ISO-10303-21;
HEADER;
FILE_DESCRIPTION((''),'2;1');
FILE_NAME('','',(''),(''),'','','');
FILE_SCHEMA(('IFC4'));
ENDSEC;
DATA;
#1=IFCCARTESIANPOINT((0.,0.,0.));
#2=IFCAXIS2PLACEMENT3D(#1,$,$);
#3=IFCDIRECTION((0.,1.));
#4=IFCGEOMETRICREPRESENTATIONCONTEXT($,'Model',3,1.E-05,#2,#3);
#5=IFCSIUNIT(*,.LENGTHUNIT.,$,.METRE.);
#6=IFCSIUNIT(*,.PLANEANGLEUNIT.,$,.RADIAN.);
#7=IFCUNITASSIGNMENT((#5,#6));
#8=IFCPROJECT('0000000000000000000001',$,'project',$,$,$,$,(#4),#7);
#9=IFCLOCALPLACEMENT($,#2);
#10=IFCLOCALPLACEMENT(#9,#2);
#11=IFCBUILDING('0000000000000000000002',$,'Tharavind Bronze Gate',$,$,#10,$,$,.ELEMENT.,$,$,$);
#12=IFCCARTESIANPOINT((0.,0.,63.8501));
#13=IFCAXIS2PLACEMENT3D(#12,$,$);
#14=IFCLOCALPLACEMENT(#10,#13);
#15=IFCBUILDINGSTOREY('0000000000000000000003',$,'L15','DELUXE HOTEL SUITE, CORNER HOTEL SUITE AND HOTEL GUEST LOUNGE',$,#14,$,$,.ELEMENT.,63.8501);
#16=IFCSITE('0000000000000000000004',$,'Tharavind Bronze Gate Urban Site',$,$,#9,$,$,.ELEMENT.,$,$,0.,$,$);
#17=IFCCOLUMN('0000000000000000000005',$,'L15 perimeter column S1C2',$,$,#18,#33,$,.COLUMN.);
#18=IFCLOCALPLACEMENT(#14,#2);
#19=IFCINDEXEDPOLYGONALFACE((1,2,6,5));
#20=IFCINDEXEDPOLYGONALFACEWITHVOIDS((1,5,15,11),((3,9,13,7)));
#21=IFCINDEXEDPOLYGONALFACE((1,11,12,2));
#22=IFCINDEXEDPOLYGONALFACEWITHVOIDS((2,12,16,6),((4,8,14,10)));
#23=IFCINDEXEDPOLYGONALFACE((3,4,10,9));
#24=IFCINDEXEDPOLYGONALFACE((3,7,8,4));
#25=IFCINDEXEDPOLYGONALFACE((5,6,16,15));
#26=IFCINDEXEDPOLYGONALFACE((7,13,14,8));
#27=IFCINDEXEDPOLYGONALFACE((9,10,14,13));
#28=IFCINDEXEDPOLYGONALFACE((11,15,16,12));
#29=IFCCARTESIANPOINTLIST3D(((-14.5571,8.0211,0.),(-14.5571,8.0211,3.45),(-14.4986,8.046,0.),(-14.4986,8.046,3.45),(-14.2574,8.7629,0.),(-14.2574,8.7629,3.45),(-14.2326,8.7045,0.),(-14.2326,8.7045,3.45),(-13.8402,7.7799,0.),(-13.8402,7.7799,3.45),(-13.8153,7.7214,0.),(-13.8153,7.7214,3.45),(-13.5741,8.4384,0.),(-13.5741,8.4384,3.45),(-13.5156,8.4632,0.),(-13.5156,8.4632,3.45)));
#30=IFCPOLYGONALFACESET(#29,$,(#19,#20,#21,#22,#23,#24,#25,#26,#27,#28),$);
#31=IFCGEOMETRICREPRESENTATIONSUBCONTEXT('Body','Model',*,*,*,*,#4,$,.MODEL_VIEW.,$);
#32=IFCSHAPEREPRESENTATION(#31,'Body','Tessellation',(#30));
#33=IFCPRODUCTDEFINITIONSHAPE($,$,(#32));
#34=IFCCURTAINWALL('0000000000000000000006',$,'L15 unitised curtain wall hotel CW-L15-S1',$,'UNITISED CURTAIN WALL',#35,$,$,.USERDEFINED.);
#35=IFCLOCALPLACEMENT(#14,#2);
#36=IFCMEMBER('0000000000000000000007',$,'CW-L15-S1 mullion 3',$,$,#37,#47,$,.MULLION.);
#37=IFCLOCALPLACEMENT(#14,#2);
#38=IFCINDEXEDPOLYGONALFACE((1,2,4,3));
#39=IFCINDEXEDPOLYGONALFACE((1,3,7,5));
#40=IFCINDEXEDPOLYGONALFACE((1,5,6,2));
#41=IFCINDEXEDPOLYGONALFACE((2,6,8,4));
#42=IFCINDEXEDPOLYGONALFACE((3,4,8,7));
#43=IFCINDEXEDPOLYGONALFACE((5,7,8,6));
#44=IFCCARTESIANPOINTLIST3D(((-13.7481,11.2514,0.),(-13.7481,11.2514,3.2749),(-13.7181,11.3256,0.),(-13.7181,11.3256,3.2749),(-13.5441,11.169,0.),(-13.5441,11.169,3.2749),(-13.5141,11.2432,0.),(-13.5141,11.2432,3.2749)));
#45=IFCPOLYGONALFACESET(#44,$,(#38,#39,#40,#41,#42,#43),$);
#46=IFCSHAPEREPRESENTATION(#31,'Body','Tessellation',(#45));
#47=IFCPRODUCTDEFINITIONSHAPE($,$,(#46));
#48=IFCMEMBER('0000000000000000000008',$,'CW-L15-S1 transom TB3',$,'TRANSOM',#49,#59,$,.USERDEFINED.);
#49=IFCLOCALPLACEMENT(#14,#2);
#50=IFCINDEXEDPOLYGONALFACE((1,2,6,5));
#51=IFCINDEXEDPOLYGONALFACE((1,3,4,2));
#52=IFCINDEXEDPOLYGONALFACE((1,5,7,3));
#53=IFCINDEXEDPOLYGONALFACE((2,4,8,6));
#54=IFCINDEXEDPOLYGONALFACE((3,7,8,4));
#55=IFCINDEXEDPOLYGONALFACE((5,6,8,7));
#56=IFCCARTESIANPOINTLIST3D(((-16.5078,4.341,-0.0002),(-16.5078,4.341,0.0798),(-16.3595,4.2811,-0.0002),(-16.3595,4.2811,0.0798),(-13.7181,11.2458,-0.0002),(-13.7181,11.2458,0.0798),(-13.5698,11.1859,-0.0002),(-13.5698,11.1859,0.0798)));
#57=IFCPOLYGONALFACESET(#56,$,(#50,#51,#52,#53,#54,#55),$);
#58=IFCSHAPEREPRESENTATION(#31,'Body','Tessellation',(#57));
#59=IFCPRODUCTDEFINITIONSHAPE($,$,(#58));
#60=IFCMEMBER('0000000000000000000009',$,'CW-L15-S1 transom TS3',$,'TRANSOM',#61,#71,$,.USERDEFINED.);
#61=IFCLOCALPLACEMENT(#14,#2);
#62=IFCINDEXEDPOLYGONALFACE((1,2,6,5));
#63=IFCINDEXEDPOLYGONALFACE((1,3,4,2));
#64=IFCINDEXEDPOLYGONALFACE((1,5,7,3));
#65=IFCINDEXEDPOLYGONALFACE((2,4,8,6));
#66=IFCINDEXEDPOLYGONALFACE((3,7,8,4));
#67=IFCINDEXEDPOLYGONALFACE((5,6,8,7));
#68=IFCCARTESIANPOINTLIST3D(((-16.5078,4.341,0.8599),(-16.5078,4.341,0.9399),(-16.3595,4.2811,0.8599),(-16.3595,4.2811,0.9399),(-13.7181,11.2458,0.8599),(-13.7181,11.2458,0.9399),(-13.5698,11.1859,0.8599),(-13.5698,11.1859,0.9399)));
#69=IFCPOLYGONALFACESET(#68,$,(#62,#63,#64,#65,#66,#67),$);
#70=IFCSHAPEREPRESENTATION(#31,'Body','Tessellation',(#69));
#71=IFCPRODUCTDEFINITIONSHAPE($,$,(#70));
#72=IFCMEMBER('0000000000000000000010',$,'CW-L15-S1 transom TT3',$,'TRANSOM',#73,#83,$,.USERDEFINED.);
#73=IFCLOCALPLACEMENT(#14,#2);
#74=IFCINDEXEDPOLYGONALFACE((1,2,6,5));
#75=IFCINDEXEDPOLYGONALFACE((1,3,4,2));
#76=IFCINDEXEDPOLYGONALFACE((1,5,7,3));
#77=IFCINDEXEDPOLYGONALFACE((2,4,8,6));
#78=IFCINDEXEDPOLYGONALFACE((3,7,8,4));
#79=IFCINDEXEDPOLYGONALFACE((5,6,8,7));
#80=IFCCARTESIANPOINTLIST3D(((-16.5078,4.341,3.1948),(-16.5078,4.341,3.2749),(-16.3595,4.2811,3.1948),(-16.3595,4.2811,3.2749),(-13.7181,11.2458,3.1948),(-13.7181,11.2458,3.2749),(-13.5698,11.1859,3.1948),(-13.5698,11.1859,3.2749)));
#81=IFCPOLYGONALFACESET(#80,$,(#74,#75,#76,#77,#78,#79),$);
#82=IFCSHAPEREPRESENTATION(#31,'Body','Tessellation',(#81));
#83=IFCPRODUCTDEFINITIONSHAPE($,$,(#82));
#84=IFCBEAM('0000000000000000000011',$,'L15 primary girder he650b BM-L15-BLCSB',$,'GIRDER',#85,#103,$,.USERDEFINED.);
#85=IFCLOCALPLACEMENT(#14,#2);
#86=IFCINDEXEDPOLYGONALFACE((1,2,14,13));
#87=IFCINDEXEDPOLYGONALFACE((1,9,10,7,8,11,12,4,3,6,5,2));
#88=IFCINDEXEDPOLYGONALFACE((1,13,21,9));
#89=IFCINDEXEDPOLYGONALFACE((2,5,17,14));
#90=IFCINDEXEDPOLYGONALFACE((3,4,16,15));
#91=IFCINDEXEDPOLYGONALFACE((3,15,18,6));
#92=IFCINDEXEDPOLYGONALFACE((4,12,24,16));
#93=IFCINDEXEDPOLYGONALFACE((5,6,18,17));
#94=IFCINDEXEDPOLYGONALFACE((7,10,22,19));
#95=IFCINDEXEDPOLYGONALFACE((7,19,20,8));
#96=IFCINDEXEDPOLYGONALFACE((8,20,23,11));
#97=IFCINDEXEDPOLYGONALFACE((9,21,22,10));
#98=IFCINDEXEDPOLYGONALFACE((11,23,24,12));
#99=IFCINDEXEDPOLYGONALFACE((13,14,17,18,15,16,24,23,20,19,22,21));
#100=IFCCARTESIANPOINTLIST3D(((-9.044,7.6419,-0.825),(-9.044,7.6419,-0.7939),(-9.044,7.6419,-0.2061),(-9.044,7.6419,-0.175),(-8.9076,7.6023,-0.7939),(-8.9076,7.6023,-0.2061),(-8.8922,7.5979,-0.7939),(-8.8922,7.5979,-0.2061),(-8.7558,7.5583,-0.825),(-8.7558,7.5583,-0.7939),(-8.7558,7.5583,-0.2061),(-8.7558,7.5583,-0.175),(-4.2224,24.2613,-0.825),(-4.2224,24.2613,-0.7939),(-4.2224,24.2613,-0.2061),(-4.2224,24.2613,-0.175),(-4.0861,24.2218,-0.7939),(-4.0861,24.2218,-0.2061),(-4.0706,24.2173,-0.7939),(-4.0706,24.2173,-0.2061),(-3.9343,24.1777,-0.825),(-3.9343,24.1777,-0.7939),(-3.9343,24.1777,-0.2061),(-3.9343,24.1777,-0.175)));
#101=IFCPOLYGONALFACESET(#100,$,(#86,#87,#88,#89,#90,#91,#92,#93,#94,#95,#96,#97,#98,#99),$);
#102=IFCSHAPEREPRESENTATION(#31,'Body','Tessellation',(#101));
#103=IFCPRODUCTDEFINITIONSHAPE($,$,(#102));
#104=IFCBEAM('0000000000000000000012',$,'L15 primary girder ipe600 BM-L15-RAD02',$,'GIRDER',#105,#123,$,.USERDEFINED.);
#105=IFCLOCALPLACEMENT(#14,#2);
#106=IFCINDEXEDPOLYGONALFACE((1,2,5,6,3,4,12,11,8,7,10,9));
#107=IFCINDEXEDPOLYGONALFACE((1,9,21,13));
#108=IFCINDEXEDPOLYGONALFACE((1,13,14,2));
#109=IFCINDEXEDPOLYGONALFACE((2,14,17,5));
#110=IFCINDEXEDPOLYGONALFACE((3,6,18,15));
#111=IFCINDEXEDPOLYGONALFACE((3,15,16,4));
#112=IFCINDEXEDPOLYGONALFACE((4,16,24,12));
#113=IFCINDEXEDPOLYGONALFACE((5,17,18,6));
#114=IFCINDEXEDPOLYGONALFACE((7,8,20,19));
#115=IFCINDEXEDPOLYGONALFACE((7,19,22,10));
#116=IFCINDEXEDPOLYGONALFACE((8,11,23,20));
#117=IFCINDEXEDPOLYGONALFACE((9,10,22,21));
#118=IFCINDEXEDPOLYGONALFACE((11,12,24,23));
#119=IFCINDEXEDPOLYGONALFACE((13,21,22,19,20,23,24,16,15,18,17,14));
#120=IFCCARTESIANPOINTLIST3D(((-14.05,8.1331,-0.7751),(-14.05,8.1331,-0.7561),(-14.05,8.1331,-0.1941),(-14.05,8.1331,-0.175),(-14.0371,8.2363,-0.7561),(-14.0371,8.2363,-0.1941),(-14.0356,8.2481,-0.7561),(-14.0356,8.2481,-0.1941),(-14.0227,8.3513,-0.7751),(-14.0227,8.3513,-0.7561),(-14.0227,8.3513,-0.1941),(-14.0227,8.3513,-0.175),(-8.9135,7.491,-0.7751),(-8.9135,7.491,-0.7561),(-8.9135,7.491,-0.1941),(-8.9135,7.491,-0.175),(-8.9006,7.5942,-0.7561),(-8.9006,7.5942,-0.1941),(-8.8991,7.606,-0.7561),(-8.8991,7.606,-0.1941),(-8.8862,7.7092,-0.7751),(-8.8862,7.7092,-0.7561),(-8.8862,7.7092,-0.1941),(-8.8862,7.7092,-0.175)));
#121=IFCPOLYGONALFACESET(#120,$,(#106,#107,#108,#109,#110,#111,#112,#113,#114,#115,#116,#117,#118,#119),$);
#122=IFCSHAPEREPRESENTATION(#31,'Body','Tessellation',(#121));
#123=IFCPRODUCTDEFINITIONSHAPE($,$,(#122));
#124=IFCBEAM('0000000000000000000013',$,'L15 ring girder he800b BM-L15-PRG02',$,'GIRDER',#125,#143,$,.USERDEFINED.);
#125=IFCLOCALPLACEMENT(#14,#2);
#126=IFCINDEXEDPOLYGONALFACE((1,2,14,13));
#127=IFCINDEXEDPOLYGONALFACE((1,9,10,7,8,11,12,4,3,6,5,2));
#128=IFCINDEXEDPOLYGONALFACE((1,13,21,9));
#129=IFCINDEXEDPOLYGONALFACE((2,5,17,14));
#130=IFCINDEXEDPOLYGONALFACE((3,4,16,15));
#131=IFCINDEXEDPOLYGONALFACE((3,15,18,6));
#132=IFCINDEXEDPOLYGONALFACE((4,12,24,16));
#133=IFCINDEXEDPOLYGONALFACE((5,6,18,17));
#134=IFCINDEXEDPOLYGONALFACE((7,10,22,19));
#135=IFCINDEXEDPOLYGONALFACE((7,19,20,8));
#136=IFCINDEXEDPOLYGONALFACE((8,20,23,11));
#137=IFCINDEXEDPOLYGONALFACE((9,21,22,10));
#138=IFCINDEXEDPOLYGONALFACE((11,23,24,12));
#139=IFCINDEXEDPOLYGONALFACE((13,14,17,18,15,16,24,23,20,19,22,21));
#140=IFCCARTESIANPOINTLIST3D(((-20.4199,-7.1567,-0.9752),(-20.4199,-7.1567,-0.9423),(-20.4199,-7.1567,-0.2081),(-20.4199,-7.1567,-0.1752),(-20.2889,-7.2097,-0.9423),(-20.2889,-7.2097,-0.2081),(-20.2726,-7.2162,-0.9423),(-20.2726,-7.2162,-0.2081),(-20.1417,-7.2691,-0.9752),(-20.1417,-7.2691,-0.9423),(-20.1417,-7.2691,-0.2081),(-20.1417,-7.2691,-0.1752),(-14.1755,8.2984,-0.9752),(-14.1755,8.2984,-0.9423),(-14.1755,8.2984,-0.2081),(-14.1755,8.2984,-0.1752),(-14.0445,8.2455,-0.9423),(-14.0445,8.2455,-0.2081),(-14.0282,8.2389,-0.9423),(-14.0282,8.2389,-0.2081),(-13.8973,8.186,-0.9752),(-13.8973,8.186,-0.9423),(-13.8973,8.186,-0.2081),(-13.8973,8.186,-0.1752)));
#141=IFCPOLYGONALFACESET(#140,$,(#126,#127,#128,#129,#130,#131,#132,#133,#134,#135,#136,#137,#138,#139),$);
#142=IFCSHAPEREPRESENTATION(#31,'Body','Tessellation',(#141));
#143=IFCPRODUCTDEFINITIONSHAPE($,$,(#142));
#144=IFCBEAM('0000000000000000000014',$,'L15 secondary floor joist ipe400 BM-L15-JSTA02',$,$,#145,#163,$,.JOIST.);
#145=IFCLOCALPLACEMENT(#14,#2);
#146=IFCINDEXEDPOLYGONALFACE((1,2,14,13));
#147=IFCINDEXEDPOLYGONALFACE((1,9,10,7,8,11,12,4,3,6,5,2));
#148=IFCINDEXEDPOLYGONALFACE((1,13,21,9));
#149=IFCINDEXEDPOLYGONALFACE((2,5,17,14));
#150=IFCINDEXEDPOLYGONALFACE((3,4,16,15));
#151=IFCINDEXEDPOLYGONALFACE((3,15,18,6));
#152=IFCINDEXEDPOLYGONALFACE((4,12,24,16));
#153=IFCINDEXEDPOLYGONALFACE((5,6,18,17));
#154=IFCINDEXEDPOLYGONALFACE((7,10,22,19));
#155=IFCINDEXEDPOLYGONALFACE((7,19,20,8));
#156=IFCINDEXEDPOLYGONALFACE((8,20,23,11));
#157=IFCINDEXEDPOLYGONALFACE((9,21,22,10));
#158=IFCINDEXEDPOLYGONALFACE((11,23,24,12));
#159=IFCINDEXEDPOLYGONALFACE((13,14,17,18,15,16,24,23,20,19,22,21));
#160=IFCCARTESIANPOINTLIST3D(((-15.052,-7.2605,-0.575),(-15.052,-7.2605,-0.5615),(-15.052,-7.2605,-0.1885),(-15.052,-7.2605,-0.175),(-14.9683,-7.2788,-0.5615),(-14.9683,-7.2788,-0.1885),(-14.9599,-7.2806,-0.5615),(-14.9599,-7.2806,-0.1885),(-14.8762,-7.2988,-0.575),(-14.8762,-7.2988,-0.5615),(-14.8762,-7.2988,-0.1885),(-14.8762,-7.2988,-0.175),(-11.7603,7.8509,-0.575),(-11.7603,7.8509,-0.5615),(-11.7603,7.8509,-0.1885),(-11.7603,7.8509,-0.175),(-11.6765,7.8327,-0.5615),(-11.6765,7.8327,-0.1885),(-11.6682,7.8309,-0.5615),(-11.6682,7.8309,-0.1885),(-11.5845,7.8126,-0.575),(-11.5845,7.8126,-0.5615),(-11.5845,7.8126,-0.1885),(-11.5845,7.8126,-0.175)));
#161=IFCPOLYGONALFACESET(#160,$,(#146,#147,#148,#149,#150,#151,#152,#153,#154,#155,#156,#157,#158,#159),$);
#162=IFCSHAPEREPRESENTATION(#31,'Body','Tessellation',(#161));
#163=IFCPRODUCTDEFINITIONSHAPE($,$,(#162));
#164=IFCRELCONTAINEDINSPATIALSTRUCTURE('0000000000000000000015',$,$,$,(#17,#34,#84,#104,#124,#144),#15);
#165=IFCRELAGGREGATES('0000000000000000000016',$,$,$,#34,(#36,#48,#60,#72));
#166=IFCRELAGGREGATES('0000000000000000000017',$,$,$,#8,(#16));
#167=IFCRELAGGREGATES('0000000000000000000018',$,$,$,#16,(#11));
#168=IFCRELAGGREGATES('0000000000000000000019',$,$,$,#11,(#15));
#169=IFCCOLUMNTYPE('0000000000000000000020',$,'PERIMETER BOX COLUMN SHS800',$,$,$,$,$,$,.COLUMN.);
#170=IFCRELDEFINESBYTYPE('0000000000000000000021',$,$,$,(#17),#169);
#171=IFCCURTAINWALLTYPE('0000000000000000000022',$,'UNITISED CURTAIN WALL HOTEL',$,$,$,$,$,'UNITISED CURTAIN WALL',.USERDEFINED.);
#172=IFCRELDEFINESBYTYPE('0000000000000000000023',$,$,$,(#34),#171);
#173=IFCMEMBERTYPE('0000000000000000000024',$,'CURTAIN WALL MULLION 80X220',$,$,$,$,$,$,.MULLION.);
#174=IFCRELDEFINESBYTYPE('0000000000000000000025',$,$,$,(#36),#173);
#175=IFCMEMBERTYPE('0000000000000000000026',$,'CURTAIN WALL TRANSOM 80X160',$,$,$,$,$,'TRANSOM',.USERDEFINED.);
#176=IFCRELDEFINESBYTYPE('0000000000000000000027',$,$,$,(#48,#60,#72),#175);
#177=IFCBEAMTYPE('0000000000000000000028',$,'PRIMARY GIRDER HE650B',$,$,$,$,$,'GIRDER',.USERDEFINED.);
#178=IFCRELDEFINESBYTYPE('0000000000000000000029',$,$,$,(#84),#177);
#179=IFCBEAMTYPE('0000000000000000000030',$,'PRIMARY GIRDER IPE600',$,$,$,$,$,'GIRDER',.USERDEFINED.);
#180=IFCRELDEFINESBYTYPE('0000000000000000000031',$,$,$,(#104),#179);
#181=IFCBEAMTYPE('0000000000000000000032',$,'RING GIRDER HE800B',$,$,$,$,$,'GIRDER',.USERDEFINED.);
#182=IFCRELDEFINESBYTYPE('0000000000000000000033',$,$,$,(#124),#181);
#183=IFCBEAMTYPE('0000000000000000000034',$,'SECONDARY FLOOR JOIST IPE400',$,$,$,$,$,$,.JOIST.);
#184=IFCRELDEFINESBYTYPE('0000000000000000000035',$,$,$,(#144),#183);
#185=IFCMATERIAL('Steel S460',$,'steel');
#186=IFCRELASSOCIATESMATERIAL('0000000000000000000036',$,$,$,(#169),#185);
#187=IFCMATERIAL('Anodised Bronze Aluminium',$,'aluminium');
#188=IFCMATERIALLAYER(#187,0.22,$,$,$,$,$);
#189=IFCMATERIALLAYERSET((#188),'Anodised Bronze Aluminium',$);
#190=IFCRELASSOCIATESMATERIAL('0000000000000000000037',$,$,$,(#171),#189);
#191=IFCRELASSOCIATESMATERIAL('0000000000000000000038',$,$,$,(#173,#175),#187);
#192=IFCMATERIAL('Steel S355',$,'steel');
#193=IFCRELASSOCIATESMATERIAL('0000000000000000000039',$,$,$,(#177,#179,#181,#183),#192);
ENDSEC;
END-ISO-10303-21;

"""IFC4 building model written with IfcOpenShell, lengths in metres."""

from ifc_helpers import new_model, si_unit, direction, frame, origin, origin_2d, place, context, subcontext, project, spatial, rectangle, hollow_rectangle, i_section, extrude, material, layer, layer_set, material_profile, profile_set, type_object, element, aggregate, save


model = new_model("IFC4")

# Units and contexts
model_context = context("Model", 3, precision=1e-05, world=origin(), true_north=direction((0.0, 1.0)))
body_context = subcontext(model_context, "Body", "Model", "MODEL_VIEW")
ifc_project = project(units=[si_unit("LENGTHUNIT", "METRE"), si_unit("PLANEANGLEUNIT", "RADIAN")], contexts=[model_context])

# Site, building, storey
site_placement = place(None, origin())
site = spatial("IfcSite", under=ifc_project, at=site_placement, Name="Tharavind Bronze Gate Urban Site", CompositionType="ELEMENT", RefElevation=0.0)
building_placement = place(site_placement, origin())
building = spatial("IfcBuilding", under=site, at=building_placement, Name="Tharavind Bronze Gate", CompositionType="ELEMENT")
storey_placement = place(building_placement, frame((0.0, 0.0, 63.8501)))
storey = spatial("IfcBuildingStorey", under=building, at=storey_placement, Name="L15", Description="DELUXE HOTEL SUITE, CORNER HOTEL SUITE AND HOTEL GUEST LOUNGE", CompositionType="ELEMENT", Elevation=63.8501)

# Column
ifc_material_1 = material(Name="Steel S460", Category="steel")
ifc_material_profile_1 = material_profile(ifc_material_1, hollow_rectangle(XDim=0.8, YDim=0.8, WallThickness=0.0449, at=origin_2d()), Name="SHS800X45")
ifc_profile_set_1 = profile_set([ifc_material_profile_1], Name="Steel S460")
column_type = type_object("IfcColumnType", Name="PERIMETER BOX COLUMN SHS800", PredefinedType="COLUMN", material=ifc_profile_set_1)
column_placement = place(storey_placement, frame((-14.0364, 8.2422, 0.0), z_axis=(0.0, 0.0, 1.0), x_axis=(0.374608, 0.927183, 0.0)))
element("IfcColumn", 1, at=column_placement, inside=storey, type_object=column_type, Name="L15 perimeter column S1C2", PredefinedType="COLUMN", context=body_context, shape_type="SweptSolid", body=[
    extrude(hollow_rectangle(XDim=0.8, YDim=0.8, WallThickness=0.0449, at=origin_2d()), origin(), (0.0, 0.0, 1.0), 3.45),
])

# Curtain wall, members
ifc_material_2 = material(Name="Anodised Bronze Aluminium", Category="aluminium")
ifc_layer_1 = layer(ifc_material_2, 0.22)
ifc_layer_set_1 = layer_set([ifc_layer_1], Name="Anodised Bronze Aluminium")
curtain_wall_type = type_object("IfcCurtainWallType", Name="UNITISED CURTAIN WALL HOTEL", ElementType="UNITISED CURTAIN WALL", PredefinedType="USERDEFINED", material=ifc_layer_set_1)
curtain_wall_placement = place(storey_placement, origin())
curtain_wall = element("IfcCurtainWall", 2, at=curtain_wall_placement, inside=storey, type_object=curtain_wall_type, Name="L15 unitised curtain wall hotel CW-L15-S1", ObjectType="UNITISED CURTAIN WALL", PredefinedType="USERDEFINED")
member_type_1 = type_object("IfcMemberType", Name="CURTAIN WALL MULLION 80X220", PredefinedType="MULLION", material=ifc_material_2)
member_1_placement = place(storey_placement, frame((-13.6311, 11.2473, 0.0), z_axis=(0.0, 0.0, 1.0), x_axis=(-0.374607, -0.927184, 0.0)))
member_1 = element("IfcMember", 3, at=member_1_placement, type_object=member_type_1, Name="CW-L15-S1 mullion 3", PredefinedType="MULLION", context=body_context, shape_type="SweptSolid", body=[
    extrude(rectangle(XDim=0.0801, YDim=0.22, at=origin_2d()), origin(), (0.0, 0.0, 1.0), 3.2749),
])
member_type_2 = type_object("IfcMemberType", Name="CURTAIN WALL TRANSOM 80X160", ElementType="TRANSOM", PredefinedType="USERDEFINED", material=ifc_material_2)
member_2_placement = place(storey_placement, frame((-15.0388, 7.7634, -0.0002), z_axis=(0.0, 0.0, 1.0), x_axis=(-0.374607, -0.927184, 0.0)))
member_2 = element("IfcMember", 4, at=member_2_placement, type_object=member_type_2, Name="CW-L15-S1 transom TB3", ObjectType="TRANSOM", PredefinedType="USERDEFINED", context=body_context, shape_type="SweptSolid", body=[
    extrude(rectangle(XDim=7.447, YDim=0.1599, at=origin_2d()), origin(), (0.0, 0.0, 1.0), 0.0801),
])
member_3_placement = place(storey_placement, frame((-15.0388, 7.7634, 0.8599), z_axis=(0.0, 0.0, 1.0), x_axis=(-0.374607, -0.927184, 0.0)))
member_3 = element("IfcMember", 5, at=member_3_placement, type_object=member_type_2, Name="CW-L15-S1 transom TS3", ObjectType="TRANSOM", PredefinedType="USERDEFINED", context=body_context, shape_type="SweptSolid", body=[
    extrude(rectangle(XDim=7.447, YDim=0.1599, at=origin_2d()), origin(), (0.0, 0.0, 1.0), 0.0801),
])
member_4_placement = place(storey_placement, frame((-15.0388, 7.7634, 3.1948), z_axis=(0.0, 0.0, 1.0), x_axis=(-0.374607, -0.927184, 0.0)))
member_4 = element("IfcMember", 6, at=member_4_placement, type_object=member_type_2, Name="CW-L15-S1 transom TT3", ObjectType="TRANSOM", PredefinedType="USERDEFINED", context=body_context, shape_type="SweptSolid", body=[
    extrude(rectangle(XDim=7.447, YDim=0.1599, at=origin_2d()), origin(), (0.0, 0.0, 1.0), 0.0801),
])

# Beams
ifc_material_3 = material(Name="Steel S355", Category="steel")
ifc_material_profile_2 = material_profile(ifc_material_3, i_section(OverallWidth=0.3, OverallDepth=0.6499, WebThickness=0.0161, FlangeThickness=0.031, at=origin_2d()), Name="HE650B")
ifc_profile_set_2 = profile_set([ifc_material_profile_2], Name="Steel S355")
beam_type_1 = type_object("IfcBeamType", Name="PRIMARY GIRDER HE650B", ElementType="GIRDER", PredefinedType="USERDEFINED", material=ifc_profile_set_2)
beam_1_placement = place(storey_placement, frame((-8.8999, 7.6001, -0.5), z_axis=(0.278626, 0.9604, 0.0), x_axis=(-0.9604, 0.278626, 0.0)))
element("IfcBeam", 7, at=beam_1_placement, inside=storey, type_object=beam_type_1, Name="L15 primary girder he650b BM-L15-BLCSB", ObjectType="GIRDER", PredefinedType="USERDEFINED", context=body_context, shape_type="SweptSolid", body=[
    extrude(i_section(OverallWidth=0.3, OverallDepth=0.6499, WebThickness=0.0161, FlangeThickness=0.031, at=origin_2d()), origin(), (0.0, 0.0, 1.0), 17.3047),
])
ifc_material_profile_3 = material_profile(ifc_material_3, i_section(OverallWidth=0.22, OverallDepth=0.6001, WebThickness=0.012, FlangeThickness=0.019, at=origin_2d()), Name="IPE600")
ifc_profile_set_3 = profile_set([ifc_material_profile_3], Name="Steel S355")
beam_type_2 = type_object("IfcBeamType", Name="PRIMARY GIRDER IPE600", ElementType="GIRDER", PredefinedType="USERDEFINED", material=ifc_profile_set_3)
beam_2_placement = place(storey_placement, frame((-14.0364, 8.2422, -0.4751), z_axis=(0.992277, -0.124041, 0.0), x_axis=(0.124041, 0.992277, 0.0)))
element("IfcBeam", 8, at=beam_2_placement, inside=storey, type_object=beam_type_2, Name="L15 primary girder ipe600 BM-L15-RAD02", ObjectType="GIRDER", PredefinedType="USERDEFINED", context=body_context, shape_type="SweptSolid", body=[
    extrude(i_section(OverallWidth=0.22, OverallDepth=0.6001, WebThickness=0.012, FlangeThickness=0.019, at=origin_2d()), origin(), (0.0, 0.0, 1.0), 5.1765),
])
ifc_material_profile_4 = material_profile(ifc_material_3, i_section(OverallWidth=0.3, OverallDepth=0.8, WebThickness=0.0176, FlangeThickness=0.033, at=origin_2d()), Name="HE800B")
ifc_profile_set_4 = profile_set([ifc_material_profile_4], Name="Steel S355")
beam_type_3 = type_object("IfcBeamType", Name="RING GIRDER HE800B", ElementType="GIRDER", PredefinedType="USERDEFINED", material=ifc_profile_set_4)
beam_3_placement = place(storey_placement, frame((-14.0364, 8.2422, -0.5752), z_axis=(-0.374613, -0.927181, 0.0), x_axis=(0.927181, -0.374613, 0.0)))
element("IfcBeam", 9, at=beam_3_placement, inside=storey, type_object=beam_type_3, Name="L15 ring girder he800b BM-L15-PRG02", ObjectType="GIRDER", PredefinedType="USERDEFINED", context=body_context, shape_type="SweptSolid", body=[
    extrude(i_section(OverallWidth=0.3, OverallDepth=0.8, WebThickness=0.0176, FlangeThickness=0.033, at=origin_2d()), origin(), (0.0, 0.0, 1.0), 16.6689),
])
ifc_material_profile_5 = material_profile(ifc_material_3, i_section(OverallWidth=0.1799, OverallDepth=0.3999, WebThickness=0.0085, FlangeThickness=0.0134, at=origin_2d()), Name="IPE400")
ifc_profile_set_5 = profile_set([ifc_material_profile_5], Name="Steel S355")
beam_type_4 = type_object("IfcBeamType", Name="SECONDARY FLOOR JOIST IPE400", PredefinedType="JOIST", material=ifc_profile_set_5)
beam_4_placement = place(storey_placement, frame((-11.6724, 7.8318, -0.375), z_axis=(-0.212839, -0.977087, 0.0), x_axis=(0.977087, -0.212839, 0.0)))
element("IfcBeam", 10, at=beam_4_placement, inside=storey, type_object=beam_type_4, Name="L15 secondary floor joist ipe400 BM-L15-JSTA02", PredefinedType="JOIST", context=body_context, shape_type="SweptSolid", body=[
    extrude(i_section(OverallWidth=0.1799, OverallDepth=0.3999, WebThickness=0.0085, FlangeThickness=0.0134, at=origin_2d()), origin(), (0.0, 0.0, 1.0), 15.4658),
])

aggregate(curtain_wall, [member_1, member_2, member_3, member_4])

save(model, "model.ifc")
